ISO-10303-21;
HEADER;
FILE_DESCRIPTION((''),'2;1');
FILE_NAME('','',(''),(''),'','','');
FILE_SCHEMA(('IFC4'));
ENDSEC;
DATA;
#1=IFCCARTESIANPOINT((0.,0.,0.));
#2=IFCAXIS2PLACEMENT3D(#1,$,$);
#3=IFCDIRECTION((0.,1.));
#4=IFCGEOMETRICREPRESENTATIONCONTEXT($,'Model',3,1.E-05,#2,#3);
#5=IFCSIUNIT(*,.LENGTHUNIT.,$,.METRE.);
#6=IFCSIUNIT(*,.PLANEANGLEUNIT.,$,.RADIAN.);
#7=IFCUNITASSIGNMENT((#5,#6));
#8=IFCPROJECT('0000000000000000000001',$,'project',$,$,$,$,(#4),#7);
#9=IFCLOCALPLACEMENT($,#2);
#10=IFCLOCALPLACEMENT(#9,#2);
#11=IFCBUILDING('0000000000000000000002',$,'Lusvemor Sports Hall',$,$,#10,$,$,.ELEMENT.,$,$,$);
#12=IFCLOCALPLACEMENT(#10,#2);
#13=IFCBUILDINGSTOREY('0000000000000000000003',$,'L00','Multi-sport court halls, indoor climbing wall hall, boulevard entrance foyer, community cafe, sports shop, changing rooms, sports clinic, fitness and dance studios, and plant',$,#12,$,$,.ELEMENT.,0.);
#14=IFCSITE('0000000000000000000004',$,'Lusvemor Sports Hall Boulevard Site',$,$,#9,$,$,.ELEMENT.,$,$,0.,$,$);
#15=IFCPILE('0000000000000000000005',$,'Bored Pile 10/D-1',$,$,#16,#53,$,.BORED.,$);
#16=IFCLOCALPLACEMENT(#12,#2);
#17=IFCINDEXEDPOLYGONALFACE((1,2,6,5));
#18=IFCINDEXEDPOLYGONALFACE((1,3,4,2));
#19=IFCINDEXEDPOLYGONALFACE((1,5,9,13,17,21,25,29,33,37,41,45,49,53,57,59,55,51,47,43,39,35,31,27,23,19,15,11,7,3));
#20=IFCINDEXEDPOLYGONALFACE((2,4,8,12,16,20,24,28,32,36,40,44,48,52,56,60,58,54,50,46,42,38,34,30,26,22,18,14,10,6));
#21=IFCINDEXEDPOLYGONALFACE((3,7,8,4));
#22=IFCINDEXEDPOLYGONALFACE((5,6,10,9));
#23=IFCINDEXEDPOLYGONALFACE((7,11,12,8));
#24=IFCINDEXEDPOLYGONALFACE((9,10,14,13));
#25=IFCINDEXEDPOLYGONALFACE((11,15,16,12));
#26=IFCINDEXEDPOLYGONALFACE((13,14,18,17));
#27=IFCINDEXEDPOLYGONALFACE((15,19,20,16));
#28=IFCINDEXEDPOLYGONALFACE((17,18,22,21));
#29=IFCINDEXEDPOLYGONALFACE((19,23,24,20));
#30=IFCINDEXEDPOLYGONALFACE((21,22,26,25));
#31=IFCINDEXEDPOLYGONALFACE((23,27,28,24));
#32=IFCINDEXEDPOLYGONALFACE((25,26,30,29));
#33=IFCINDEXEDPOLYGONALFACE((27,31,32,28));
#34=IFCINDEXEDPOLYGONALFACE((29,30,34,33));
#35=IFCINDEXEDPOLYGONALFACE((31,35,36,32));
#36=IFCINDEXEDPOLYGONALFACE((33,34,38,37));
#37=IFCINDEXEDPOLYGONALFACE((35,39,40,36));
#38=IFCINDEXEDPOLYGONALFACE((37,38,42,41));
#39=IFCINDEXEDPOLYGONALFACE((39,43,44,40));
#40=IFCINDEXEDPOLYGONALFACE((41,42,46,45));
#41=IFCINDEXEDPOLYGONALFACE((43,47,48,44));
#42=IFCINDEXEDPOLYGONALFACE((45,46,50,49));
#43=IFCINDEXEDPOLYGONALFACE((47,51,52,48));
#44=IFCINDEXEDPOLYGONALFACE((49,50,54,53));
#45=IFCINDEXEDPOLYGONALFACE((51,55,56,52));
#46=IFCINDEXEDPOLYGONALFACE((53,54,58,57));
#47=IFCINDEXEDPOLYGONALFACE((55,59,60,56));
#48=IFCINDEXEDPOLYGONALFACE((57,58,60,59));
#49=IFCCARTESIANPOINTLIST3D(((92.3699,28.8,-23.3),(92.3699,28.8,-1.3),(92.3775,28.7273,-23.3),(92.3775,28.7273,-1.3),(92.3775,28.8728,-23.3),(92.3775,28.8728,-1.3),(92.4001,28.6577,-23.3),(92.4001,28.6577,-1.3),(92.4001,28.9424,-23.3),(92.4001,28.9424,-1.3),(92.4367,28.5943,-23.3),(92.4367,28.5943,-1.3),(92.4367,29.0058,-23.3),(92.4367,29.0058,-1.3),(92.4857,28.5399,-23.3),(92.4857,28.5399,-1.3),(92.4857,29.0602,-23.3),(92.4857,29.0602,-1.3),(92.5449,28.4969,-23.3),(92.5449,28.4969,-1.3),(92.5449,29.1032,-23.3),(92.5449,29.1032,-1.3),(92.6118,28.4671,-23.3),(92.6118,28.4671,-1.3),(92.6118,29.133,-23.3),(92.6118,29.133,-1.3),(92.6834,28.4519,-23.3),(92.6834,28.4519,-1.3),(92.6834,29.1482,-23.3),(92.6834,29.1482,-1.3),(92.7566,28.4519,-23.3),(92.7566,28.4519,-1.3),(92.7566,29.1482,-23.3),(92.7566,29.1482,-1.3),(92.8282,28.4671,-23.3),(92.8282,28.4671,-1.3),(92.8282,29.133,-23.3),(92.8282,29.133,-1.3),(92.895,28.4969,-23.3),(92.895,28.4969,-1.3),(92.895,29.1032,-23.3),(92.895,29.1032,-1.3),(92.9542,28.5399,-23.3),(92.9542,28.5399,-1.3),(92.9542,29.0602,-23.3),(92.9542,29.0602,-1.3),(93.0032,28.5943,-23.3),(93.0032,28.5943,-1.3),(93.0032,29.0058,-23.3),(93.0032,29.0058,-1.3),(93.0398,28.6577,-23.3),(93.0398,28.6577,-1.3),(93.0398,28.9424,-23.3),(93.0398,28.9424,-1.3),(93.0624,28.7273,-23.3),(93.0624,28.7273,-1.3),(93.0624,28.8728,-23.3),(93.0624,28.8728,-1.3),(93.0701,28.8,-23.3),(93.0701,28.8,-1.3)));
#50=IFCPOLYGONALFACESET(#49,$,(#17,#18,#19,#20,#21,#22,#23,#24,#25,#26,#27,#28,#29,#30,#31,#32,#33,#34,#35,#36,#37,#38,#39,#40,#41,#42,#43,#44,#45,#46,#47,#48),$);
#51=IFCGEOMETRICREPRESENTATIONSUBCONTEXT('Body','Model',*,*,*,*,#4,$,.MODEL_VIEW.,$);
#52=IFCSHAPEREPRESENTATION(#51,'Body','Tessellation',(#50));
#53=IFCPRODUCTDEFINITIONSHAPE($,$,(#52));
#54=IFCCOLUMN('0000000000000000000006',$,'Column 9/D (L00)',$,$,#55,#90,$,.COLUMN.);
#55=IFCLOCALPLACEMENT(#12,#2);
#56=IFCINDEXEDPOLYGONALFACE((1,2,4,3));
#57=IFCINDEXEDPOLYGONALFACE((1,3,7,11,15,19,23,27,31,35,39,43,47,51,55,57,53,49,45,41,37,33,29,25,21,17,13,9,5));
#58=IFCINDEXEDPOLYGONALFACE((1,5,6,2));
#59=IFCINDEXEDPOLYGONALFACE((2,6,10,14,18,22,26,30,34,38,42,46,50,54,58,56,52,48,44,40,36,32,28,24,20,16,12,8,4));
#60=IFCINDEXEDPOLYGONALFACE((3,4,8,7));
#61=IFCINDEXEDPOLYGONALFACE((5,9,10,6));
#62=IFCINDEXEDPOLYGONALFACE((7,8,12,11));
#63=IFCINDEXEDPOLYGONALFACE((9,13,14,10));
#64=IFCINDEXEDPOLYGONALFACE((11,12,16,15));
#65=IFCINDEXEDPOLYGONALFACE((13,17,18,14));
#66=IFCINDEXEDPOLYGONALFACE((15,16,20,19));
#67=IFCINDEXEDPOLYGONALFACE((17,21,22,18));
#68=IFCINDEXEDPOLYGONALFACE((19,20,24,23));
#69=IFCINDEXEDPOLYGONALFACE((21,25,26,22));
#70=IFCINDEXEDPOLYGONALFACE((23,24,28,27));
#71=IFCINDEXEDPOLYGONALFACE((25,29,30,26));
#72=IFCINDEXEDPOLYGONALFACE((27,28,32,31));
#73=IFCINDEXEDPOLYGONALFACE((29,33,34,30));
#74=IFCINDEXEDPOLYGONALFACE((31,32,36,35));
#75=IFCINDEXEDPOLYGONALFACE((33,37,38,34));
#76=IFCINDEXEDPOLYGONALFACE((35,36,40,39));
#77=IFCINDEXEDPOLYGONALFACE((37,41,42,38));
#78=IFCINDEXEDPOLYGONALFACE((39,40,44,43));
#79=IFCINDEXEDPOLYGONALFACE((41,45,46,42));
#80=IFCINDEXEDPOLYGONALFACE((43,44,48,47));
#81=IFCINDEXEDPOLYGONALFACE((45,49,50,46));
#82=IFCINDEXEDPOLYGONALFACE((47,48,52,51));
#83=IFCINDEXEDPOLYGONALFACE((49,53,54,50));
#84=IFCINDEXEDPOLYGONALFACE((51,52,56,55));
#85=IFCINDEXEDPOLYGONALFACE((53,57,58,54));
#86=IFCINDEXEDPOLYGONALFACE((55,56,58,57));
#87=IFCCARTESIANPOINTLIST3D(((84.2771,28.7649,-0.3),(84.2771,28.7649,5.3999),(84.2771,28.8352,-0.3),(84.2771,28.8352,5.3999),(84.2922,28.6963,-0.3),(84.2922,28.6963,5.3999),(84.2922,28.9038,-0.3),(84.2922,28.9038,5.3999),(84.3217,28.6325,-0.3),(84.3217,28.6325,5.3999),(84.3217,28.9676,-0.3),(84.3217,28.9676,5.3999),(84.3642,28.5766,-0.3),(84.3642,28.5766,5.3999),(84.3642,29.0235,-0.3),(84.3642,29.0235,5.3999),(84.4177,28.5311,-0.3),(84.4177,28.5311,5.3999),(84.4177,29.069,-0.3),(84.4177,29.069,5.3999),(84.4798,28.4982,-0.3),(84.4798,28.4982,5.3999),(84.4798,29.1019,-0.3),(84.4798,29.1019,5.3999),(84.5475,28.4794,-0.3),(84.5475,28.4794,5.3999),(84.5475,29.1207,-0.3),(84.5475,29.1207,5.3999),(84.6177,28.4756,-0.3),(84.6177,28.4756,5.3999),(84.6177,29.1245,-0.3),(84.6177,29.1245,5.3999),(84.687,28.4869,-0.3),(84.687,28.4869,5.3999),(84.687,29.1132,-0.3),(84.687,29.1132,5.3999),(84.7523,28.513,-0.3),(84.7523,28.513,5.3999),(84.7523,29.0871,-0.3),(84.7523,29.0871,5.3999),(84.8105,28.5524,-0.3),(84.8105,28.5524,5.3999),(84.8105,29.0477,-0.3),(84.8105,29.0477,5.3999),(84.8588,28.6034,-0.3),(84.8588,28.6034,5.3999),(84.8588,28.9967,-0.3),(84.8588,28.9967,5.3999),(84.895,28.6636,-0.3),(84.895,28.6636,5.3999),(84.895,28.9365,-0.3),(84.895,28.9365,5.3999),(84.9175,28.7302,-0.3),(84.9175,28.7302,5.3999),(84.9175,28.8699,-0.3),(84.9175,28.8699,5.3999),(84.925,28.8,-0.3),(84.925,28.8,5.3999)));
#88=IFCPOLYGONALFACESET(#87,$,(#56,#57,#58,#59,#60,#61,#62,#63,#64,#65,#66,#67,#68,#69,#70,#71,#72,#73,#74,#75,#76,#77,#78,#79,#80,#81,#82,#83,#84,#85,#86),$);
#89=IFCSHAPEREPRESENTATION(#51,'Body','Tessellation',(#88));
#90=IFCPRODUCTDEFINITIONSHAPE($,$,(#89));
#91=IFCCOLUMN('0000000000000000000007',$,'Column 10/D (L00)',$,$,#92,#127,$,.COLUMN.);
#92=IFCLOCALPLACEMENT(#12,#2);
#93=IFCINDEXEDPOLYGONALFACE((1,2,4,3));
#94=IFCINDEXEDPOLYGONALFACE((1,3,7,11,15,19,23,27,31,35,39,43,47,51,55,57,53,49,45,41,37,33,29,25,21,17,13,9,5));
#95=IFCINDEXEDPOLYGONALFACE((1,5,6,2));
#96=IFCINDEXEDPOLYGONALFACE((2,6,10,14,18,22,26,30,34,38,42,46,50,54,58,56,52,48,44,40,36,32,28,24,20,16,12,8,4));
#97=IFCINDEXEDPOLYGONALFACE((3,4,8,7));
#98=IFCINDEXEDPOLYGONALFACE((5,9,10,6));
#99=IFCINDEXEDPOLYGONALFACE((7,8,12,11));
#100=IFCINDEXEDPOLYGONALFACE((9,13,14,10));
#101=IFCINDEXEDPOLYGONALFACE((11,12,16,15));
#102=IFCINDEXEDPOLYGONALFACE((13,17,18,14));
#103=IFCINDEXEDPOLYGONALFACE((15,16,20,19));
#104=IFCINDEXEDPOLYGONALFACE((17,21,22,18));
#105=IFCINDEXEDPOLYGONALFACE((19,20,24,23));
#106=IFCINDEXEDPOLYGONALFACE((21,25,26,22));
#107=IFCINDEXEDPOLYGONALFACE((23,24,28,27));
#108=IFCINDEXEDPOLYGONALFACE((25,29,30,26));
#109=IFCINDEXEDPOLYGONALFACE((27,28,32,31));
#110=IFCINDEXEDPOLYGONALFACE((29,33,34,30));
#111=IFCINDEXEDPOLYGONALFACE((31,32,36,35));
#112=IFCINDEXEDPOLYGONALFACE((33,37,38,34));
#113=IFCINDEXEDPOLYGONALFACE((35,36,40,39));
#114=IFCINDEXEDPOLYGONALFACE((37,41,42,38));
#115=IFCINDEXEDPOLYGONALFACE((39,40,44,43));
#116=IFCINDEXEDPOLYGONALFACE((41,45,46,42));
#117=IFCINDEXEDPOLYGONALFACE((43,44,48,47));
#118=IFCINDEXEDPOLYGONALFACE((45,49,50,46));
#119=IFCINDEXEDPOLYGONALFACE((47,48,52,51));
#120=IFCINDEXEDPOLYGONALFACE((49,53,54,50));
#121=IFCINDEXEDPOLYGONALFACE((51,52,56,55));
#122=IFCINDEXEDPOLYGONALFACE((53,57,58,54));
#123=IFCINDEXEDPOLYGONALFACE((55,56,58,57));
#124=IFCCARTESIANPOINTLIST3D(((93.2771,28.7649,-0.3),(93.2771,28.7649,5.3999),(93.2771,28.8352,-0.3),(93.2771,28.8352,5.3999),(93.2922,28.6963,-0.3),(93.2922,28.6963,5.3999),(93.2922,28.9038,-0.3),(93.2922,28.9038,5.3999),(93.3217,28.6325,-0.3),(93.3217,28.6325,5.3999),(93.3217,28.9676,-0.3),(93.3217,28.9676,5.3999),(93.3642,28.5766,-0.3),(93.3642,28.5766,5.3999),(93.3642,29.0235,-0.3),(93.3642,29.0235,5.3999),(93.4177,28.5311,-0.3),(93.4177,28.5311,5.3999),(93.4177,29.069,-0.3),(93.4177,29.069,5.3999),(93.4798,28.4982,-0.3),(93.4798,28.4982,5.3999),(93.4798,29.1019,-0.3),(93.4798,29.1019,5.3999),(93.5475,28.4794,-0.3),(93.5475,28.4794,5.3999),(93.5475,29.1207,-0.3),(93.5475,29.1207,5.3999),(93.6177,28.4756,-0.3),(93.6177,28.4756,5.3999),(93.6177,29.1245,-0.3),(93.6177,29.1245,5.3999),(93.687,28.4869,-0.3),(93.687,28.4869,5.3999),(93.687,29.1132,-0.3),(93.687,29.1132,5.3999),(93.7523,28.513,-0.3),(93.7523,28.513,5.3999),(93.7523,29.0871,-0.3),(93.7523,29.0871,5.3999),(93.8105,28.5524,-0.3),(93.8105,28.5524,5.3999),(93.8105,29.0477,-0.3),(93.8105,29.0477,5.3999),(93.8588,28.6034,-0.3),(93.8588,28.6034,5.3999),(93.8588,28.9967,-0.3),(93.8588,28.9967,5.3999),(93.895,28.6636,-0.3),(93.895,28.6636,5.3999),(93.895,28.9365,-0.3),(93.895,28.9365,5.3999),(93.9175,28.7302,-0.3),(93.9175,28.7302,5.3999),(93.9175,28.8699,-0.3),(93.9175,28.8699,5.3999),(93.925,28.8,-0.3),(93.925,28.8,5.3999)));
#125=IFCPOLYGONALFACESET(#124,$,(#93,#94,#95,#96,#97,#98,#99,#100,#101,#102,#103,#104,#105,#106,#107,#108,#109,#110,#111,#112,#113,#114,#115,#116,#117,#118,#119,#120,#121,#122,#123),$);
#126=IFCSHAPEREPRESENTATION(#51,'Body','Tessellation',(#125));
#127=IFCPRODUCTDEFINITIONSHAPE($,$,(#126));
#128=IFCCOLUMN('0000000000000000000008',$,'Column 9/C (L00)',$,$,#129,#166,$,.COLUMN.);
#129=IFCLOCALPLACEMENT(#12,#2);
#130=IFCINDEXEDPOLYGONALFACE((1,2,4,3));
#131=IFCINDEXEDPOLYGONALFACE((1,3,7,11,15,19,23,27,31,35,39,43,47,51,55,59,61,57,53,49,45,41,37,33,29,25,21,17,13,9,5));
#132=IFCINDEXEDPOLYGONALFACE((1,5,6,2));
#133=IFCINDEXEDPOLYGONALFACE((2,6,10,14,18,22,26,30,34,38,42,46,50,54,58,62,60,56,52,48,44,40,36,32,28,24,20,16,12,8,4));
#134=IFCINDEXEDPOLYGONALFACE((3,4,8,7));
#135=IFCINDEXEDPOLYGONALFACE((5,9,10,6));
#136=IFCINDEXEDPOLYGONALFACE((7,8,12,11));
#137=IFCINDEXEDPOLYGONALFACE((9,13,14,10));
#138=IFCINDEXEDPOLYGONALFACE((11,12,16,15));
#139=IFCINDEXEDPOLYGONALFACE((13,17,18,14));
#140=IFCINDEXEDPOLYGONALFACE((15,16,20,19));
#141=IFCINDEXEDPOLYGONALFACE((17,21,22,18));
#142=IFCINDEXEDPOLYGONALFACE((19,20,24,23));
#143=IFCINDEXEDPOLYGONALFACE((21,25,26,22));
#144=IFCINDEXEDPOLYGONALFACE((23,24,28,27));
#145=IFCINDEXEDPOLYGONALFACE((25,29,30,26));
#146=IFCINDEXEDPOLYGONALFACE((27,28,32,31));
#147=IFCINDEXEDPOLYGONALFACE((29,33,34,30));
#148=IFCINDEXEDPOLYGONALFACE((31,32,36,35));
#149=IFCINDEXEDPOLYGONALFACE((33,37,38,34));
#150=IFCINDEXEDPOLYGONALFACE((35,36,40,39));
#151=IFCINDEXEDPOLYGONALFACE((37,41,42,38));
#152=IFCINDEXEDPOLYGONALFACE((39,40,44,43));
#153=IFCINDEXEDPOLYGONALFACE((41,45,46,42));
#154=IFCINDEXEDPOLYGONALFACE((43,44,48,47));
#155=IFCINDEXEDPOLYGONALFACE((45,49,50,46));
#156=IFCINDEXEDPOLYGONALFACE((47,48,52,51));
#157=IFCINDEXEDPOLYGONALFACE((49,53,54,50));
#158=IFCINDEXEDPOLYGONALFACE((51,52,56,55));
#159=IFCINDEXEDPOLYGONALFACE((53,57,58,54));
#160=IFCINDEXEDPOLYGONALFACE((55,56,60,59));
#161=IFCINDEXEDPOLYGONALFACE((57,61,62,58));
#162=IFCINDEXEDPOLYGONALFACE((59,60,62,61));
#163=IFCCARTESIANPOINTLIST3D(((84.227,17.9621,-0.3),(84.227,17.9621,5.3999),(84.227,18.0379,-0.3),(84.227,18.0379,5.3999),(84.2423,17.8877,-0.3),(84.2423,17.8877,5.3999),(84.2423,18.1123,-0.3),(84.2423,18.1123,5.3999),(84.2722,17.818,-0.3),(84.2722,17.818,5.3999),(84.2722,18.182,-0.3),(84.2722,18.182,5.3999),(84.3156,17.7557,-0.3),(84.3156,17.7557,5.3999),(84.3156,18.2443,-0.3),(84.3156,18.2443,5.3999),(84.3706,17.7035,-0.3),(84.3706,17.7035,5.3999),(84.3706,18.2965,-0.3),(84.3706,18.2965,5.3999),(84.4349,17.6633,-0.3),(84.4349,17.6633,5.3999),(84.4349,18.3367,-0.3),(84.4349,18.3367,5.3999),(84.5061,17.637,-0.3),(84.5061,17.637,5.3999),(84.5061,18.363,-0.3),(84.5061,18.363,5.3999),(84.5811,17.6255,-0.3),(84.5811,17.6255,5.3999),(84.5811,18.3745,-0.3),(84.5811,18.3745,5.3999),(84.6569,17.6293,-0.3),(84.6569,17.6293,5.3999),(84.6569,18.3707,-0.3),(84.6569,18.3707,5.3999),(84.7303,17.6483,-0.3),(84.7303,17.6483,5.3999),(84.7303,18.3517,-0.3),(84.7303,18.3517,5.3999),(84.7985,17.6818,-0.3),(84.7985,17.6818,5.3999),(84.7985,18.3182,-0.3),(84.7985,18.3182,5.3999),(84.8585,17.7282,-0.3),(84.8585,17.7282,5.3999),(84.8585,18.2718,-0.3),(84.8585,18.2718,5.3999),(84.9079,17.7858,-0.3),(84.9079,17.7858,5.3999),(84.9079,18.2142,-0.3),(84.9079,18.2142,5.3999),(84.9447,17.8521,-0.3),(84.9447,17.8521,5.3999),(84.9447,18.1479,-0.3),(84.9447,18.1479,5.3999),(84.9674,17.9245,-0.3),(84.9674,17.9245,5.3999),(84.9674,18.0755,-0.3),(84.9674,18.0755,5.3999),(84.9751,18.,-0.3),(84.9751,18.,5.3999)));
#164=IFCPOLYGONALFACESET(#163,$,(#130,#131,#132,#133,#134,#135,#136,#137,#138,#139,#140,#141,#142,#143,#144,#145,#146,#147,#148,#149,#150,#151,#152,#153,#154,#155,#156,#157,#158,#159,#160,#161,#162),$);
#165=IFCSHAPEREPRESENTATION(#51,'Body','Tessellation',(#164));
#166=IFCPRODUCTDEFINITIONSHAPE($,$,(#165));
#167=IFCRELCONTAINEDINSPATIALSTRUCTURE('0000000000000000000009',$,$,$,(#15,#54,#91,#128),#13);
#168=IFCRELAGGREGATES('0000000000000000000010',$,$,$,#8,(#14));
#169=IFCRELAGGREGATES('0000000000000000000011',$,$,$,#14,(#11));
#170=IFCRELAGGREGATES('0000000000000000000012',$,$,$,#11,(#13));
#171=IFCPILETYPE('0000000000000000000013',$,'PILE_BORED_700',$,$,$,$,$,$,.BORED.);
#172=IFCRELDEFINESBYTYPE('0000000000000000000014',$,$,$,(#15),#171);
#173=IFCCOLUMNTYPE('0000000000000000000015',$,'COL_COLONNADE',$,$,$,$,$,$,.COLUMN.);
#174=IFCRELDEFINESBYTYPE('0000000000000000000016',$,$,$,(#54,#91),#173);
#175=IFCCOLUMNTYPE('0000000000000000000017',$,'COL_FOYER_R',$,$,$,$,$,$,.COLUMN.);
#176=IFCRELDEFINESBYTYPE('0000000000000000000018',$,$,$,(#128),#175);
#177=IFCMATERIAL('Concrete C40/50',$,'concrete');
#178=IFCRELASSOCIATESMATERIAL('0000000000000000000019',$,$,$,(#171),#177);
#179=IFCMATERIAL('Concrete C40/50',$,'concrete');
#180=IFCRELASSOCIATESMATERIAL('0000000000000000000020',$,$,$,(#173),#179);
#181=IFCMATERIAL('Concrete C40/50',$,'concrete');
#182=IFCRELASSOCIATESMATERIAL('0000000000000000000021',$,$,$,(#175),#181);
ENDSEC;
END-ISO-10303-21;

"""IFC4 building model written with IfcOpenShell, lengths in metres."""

from ifc_helpers import new_model, si_unit, direction, frame, origin, origin_2d, place, context, subcontext, project, spatial, circle, extrude, material, material_profile, profile_set, type_object, element, save


model = new_model("IFC4")

# Units and contexts
model_context = context("Model", 3, precision=1e-05, world=origin(), true_north=direction((0.0, 1.0)))
body_context = subcontext(model_context, "Body", "Model", "MODEL_VIEW")
ifc_project = project(units=[si_unit("LENGTHUNIT", "METRE"), si_unit("PLANEANGLEUNIT", "RADIAN")], contexts=[model_context])

# Site, building, storey
site_placement = place(None, origin())
site = spatial("IfcSite", under=ifc_project, at=site_placement, Name="Lusvemor Sports Hall Boulevard Site", CompositionType="ELEMENT", RefElevation=0.0)
building_placement = place(site_placement, origin())
building = spatial("IfcBuilding", under=site, at=building_placement, Name="Lusvemor Sports Hall", CompositionType="ELEMENT")
storey_placement = place(building_placement, origin())
storey = spatial("IfcBuildingStorey", under=building, at=storey_placement, Name="L00", Description="Multi-sport court halls, indoor climbing wall hall, boulevard entrance foyer, community cafe, sports shop, changing rooms, sports clinic, fitness and dance studios, and plant", CompositionType="ELEMENT", Elevation=0.0)

# Pile
ifc_material_1 = material(Name="Concrete C40/50", Category="concrete")
ifc_material_profile_1 = material_profile(ifc_material_1, circle(Radius=0.3501, at=origin_2d()), Name="PILE700")
ifc_profile_set_1 = profile_set([ifc_material_profile_1], Name="Concrete C40/50")
pile_type = type_object("IfcPileType", Name="PILE_BORED_700", PredefinedType="BORED", material=ifc_profile_set_1)
for number, where, z_axis, x_axis, name in (
    (1, (92.72, 28.8, -1.3), (0.0, 0.0, -1.0), (1.0, 0.0, 0.0), "Bored Pile 10/D-1"),
):
    element("IfcPile", number, at=place(storey_placement, frame(where, z_axis=z_axis, x_axis=x_axis)), inside=storey, type_object=pile_type, Name=name, PredefinedType="BORED", context=body_context, shape_type="SweptSolid", body=[
        extrude(circle(Radius=0.3501, at=origin_2d()), origin(), (0.0, 0.0, 1.0), 22.0),
    ])

# Columns
ifc_material_2 = material(Name="Concrete C40/50", Category="concrete")
ifc_material_profile_2 = material_profile(ifc_material_2, circle(Radius=0.325, at=origin_2d()), Name="RCCIRC650")
ifc_profile_set_2 = profile_set([ifc_material_profile_2], Name="Concrete C40/50")
column_type_1 = type_object("IfcColumnType", Name="COL_COLONNADE", PredefinedType="COLUMN", material=ifc_profile_set_2)
for number, where, z_axis, x_axis, name in (
    (2, (84.6001, 28.8, -0.3), (0.0, 0.0, 1.0), (1.0, 0.0, 0.0), "Column 9/D (L00)"),
    (3, (93.6001, 28.8, -0.3), (0.0, 0.0, 1.0), (1.0, 0.0, 0.0), "Column 10/D (L00)"),
):
    element("IfcColumn", number, at=place(storey_placement, frame(where, z_axis=z_axis, x_axis=x_axis)), inside=storey, type_object=column_type_1, Name=name, PredefinedType="COLUMN", context=body_context, shape_type="SweptSolid", body=[
        extrude(circle(Radius=0.325, at=origin_2d()), origin(), (0.0, 0.0, 1.0), 5.7),
    ])
ifc_material_3 = material(Name="Concrete C40/50", Category="concrete")
ifc_material_profile_3 = material_profile(ifc_material_3, circle(Radius=0.375, at=origin_2d()), Name="RCCIRC750")
ifc_profile_set_3 = profile_set([ifc_material_profile_3], Name="Concrete C40/50")
column_type_2 = type_object("IfcColumnType", Name="COL_FOYER_R", PredefinedType="COLUMN", material=ifc_profile_set_3)
column_placement = place(storey_placement, frame((84.6001, 18.0, -0.3), z_axis=(0.0, 0.0, 1.0), x_axis=(1.0, 0.0, 0.0)))
element("IfcColumn", 4, at=column_placement, inside=storey, type_object=column_type_2, Name="Column 9/C (L00)", PredefinedType="COLUMN", context=body_context, shape_type="SweptSolid", body=[
    extrude(circle(Radius=0.375, at=origin_2d()), origin(), (0.0, 0.0, 1.0), 5.7),
])

save(model, "model.ifc")
